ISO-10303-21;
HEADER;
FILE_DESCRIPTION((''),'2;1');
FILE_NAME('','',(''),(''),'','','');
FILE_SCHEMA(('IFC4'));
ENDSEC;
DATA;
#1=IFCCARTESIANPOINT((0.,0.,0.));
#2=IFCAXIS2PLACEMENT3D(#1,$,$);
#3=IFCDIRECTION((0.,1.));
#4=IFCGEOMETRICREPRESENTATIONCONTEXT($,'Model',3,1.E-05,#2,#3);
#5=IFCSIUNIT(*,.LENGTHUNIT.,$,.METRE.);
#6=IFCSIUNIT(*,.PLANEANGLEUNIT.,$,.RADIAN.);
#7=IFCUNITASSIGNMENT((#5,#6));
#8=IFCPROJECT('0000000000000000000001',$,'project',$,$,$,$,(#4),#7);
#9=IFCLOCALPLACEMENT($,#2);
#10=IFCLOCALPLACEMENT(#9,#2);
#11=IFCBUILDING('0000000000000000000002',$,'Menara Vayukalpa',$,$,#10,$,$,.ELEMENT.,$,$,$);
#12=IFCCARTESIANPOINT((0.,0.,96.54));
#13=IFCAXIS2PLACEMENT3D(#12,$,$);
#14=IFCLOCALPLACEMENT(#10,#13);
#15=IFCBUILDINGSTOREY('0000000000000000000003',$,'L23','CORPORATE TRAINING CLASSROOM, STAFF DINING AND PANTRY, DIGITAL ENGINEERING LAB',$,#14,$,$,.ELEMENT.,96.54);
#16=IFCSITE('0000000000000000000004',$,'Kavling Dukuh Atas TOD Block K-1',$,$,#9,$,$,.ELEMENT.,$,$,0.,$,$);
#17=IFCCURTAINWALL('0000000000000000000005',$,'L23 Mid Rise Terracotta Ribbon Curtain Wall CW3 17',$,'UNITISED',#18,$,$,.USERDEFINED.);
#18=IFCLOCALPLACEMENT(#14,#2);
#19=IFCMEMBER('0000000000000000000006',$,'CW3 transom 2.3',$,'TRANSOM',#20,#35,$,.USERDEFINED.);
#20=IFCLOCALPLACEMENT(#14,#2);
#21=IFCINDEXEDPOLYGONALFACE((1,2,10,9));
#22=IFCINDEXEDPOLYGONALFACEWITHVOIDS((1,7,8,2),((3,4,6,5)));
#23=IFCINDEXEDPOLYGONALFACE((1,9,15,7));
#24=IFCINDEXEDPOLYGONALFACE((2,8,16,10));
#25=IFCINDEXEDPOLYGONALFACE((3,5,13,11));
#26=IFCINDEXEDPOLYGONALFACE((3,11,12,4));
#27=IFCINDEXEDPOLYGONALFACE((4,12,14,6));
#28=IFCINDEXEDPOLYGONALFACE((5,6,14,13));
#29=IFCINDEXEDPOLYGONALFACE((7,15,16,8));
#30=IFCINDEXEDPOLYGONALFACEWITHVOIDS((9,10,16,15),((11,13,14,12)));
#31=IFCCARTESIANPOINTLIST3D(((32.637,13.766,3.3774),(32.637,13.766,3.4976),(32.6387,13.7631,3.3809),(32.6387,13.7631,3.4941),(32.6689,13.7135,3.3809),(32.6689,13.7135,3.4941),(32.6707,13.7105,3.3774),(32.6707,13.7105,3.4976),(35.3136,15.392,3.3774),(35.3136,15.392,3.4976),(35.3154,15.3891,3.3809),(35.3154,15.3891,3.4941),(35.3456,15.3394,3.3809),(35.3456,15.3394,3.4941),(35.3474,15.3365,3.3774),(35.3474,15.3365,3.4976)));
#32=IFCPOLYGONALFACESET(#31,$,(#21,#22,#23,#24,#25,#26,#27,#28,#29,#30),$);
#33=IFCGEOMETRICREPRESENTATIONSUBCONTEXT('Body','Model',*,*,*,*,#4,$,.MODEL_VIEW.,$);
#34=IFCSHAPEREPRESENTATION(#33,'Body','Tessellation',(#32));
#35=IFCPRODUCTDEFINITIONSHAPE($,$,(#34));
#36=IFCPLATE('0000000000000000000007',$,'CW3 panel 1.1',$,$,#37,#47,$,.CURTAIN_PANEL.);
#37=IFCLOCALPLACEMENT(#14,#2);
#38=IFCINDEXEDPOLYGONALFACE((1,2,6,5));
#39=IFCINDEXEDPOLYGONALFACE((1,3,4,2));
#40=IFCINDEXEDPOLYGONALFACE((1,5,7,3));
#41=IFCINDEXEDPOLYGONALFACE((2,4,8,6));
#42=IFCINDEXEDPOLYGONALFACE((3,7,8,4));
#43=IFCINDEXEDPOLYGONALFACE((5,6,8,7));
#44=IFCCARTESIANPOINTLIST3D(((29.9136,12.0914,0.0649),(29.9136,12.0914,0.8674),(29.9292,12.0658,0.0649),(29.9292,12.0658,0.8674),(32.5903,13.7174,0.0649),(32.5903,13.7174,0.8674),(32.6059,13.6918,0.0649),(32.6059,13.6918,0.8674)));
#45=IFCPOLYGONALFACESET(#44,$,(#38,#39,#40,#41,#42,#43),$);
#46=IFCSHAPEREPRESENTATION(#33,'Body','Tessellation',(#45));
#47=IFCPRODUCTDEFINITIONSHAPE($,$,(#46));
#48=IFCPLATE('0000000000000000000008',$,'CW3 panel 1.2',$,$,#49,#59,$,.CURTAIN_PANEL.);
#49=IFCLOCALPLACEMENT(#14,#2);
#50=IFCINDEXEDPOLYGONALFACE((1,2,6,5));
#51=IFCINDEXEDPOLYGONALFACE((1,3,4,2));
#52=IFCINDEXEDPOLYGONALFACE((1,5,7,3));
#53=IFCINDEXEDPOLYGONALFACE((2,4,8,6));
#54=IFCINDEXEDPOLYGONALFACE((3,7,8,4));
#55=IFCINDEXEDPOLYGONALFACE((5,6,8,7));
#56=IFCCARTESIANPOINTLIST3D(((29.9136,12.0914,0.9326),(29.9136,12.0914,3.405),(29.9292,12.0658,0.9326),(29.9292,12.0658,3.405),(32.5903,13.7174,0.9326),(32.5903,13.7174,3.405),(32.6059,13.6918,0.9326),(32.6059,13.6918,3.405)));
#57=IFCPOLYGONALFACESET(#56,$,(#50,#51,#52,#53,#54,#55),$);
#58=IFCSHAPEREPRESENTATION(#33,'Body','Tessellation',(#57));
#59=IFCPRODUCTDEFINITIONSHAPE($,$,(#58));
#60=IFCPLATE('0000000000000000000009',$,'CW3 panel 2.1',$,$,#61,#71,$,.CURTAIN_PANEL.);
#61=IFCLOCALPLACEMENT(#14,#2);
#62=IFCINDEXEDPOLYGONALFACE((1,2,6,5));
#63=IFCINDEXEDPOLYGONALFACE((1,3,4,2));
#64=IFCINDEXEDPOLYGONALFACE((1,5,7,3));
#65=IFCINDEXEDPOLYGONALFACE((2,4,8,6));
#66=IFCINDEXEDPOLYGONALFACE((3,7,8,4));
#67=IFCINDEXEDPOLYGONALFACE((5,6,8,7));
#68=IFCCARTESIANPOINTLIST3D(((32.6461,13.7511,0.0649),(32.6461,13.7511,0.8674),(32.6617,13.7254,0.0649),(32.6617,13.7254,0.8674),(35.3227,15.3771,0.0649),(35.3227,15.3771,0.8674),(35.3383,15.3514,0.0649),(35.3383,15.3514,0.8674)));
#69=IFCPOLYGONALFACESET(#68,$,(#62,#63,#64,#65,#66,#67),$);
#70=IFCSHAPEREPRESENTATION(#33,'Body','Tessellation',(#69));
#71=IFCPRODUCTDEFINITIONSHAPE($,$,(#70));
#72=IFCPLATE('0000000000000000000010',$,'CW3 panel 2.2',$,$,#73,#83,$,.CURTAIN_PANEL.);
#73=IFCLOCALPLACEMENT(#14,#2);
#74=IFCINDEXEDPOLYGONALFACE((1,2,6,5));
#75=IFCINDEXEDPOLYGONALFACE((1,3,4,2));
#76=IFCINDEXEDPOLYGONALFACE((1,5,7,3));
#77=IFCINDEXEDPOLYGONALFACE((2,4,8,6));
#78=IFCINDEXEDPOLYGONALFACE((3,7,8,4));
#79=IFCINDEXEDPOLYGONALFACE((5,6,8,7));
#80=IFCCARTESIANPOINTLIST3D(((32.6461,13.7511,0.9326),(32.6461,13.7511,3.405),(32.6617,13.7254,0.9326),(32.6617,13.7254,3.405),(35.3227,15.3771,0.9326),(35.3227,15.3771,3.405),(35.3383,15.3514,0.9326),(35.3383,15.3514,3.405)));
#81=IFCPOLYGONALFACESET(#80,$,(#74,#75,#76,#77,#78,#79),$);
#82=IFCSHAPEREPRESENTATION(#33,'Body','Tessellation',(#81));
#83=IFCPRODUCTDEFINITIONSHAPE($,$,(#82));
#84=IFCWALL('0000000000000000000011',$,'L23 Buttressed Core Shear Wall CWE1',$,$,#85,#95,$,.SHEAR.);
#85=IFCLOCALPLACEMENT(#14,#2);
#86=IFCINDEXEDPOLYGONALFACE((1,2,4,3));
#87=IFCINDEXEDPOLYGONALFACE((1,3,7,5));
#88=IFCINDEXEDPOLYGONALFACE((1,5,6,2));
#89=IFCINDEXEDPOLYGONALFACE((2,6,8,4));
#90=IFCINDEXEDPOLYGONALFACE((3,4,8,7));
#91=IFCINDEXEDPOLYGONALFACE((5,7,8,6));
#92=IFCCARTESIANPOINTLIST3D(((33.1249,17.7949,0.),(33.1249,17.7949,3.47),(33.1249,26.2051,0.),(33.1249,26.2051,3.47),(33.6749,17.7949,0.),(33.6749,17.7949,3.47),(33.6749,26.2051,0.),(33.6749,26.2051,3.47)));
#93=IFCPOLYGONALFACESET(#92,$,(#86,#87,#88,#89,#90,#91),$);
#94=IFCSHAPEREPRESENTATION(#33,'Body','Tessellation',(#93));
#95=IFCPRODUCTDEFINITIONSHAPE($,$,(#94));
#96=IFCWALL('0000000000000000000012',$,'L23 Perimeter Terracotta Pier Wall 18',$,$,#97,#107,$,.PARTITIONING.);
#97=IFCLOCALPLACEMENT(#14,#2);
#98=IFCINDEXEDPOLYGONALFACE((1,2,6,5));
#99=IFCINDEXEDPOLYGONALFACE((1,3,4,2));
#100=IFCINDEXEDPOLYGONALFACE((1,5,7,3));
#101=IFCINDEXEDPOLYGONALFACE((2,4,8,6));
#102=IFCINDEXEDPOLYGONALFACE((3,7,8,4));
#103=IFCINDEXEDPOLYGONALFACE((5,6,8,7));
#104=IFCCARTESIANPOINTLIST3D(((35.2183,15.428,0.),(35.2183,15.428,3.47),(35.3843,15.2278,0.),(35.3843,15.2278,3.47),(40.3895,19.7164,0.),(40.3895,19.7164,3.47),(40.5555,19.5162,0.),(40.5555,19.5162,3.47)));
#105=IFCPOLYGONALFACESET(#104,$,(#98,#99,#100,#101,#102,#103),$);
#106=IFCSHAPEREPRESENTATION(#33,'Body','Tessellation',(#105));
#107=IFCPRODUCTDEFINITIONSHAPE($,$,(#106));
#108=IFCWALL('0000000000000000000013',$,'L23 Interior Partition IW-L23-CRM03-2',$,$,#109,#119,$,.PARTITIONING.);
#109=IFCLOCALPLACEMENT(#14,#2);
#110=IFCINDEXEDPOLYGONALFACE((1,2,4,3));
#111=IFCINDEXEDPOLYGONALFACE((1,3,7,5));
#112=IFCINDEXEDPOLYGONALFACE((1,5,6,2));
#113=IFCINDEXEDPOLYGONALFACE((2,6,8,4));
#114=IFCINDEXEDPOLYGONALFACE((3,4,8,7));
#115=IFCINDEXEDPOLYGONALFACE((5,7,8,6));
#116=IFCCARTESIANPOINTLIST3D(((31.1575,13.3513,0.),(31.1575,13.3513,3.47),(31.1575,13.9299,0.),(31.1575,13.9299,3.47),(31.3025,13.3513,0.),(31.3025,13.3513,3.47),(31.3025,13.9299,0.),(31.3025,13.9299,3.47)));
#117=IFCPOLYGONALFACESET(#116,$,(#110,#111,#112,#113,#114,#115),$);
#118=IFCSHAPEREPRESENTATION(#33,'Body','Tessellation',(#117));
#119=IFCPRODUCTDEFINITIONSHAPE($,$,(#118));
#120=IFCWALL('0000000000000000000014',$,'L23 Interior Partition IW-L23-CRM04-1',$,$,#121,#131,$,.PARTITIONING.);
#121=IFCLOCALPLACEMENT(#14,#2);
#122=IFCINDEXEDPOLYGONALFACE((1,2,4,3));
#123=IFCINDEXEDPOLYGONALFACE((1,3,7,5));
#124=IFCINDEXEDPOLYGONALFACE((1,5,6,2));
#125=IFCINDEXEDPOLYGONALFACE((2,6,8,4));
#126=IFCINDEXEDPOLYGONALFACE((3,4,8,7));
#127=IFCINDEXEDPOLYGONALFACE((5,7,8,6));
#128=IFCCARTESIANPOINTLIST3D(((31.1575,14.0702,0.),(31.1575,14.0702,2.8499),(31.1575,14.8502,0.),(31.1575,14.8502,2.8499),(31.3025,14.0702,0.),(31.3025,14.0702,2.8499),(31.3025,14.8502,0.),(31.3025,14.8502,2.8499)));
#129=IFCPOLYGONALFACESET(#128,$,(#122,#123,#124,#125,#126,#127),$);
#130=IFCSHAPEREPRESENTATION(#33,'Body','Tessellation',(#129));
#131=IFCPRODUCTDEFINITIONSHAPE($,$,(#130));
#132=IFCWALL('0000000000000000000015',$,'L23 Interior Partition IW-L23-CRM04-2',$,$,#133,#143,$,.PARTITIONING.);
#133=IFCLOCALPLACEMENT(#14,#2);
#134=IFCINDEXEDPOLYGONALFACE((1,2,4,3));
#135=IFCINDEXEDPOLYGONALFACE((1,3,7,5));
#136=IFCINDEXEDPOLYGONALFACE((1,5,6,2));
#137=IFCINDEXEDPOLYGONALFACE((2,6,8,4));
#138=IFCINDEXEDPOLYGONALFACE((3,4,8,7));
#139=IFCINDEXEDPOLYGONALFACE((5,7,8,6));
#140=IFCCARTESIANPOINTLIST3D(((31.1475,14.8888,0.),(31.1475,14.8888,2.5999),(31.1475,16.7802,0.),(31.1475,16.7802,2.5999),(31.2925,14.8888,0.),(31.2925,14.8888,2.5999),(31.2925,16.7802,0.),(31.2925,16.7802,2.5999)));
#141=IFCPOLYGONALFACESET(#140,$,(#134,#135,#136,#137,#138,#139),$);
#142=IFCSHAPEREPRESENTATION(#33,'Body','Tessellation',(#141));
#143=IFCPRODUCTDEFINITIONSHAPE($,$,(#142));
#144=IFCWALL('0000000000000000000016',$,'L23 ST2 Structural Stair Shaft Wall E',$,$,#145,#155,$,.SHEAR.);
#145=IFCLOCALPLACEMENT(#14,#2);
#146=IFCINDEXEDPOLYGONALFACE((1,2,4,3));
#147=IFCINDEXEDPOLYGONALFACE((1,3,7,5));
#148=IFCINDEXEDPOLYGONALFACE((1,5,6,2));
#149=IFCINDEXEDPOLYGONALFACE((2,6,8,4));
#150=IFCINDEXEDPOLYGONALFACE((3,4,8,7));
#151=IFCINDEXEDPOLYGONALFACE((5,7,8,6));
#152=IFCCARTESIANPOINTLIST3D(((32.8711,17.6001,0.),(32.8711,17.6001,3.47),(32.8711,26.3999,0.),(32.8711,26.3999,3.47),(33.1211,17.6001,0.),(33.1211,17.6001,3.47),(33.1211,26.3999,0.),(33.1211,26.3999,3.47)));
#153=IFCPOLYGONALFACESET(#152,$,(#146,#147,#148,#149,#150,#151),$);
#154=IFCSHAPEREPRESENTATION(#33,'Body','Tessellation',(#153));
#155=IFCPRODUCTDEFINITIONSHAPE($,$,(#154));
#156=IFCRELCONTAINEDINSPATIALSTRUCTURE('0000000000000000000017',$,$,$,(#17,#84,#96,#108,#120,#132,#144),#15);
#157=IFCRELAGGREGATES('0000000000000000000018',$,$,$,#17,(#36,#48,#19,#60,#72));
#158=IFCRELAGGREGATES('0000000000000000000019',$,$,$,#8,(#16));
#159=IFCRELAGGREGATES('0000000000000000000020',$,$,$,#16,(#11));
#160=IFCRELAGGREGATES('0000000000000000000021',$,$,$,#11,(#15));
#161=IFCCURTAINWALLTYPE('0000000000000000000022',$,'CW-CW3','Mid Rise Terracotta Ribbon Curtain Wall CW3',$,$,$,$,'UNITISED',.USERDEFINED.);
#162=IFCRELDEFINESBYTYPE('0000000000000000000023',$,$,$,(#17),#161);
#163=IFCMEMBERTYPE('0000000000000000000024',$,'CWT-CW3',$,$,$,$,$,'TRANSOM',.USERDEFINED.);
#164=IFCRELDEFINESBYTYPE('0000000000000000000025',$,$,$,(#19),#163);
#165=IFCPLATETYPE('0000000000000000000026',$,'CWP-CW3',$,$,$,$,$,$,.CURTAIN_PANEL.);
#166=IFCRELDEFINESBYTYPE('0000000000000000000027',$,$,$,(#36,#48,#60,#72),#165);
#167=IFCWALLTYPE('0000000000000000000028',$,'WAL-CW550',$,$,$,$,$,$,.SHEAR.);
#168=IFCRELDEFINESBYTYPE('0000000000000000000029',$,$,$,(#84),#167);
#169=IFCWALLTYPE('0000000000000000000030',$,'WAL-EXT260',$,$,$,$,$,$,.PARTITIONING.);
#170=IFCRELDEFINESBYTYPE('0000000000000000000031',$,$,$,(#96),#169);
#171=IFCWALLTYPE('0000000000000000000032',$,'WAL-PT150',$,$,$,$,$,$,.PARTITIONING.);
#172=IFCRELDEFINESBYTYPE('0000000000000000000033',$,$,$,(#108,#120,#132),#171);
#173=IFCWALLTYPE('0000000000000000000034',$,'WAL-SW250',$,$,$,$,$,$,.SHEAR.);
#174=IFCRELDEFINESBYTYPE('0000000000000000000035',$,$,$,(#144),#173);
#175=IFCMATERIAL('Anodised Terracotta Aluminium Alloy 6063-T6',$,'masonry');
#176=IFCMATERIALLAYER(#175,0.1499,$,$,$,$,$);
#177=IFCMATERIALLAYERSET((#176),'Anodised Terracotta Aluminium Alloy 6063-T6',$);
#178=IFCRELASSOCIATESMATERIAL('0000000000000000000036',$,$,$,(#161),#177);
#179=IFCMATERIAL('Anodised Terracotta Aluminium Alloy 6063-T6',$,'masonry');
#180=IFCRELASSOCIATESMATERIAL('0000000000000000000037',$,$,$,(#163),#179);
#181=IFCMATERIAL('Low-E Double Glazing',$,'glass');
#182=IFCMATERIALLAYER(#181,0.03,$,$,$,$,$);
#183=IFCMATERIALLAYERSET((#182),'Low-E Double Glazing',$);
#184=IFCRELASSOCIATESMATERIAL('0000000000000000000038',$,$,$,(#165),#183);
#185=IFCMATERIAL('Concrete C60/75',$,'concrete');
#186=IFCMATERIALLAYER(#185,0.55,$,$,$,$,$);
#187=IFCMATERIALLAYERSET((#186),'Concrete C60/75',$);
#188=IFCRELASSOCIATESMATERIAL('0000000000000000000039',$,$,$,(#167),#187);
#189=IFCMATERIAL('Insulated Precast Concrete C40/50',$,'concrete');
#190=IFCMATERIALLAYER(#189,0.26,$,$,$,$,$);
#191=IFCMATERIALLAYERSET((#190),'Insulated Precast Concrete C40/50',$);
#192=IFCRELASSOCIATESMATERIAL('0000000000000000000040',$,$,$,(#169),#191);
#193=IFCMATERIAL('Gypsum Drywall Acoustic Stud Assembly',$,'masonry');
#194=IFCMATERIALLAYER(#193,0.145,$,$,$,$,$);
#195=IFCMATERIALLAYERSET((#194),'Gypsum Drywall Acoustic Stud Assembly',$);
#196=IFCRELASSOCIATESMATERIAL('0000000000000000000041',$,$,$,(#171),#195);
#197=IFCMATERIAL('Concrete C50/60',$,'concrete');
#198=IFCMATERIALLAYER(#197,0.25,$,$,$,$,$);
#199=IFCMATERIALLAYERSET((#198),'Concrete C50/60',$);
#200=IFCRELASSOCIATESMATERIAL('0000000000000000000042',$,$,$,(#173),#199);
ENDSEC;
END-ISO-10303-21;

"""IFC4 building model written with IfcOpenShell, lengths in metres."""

from ifc_helpers import new_model, si_unit, direction, frame, frame_2d, origin, origin_2d, place, context, subcontext, project, spatial, rectangle, hollow_rectangle, extrude, material, layer, layer_set, material_profile, profile_set, type_object, element, aggregate, save


model = new_model("IFC4")

# Units and contexts
model_context = context("Model", 3, precision=1e-05, world=origin(), true_north=direction((0.0, 1.0)))
body_context = subcontext(model_context, "Body", "Model", "MODEL_VIEW")
ifc_project = project(units=[si_unit("LENGTHUNIT", "METRE"), si_unit("PLANEANGLEUNIT", "RADIAN")], contexts=[model_context])

# Site, building, storey
site_placement = place(None, origin())
site = spatial("IfcSite", under=ifc_project, at=site_placement, Name="Kavling Dukuh Atas TOD Block K-1", CompositionType="ELEMENT", RefElevation=0.0)
building_placement = place(site_placement, origin())
building = spatial("IfcBuilding", under=site, at=building_placement, Name="Menara Vayukalpa", CompositionType="ELEMENT")
storey_placement = place(building_placement, frame((0.0, 0.0, 96.54)))
storey = spatial("IfcBuildingStorey", under=building, at=storey_placement, Name="L23", Description="CORPORATE TRAINING CLASSROOM, STAFF DINING AND PANTRY, DIGITAL ENGINEERING LAB", CompositionType="ELEMENT", Elevation=96.54)

# Curtain wall, member, plates
ifc_material_1 = material(Name="Anodised Terracotta Aluminium Alloy 6063-T6", Category="masonry")
ifc_layer_1 = layer(ifc_material_1, 0.1499)
ifc_layer_set_1 = layer_set([ifc_layer_1], Name="Anodised Terracotta Aluminium Alloy 6063-T6")
curtain_wall_type = type_object("IfcCurtainWallType", Name="CW-CW3", Description="Mid Rise Terracotta Ribbon Curtain Wall CW3", ElementType="UNITISED", PredefinedType="USERDEFINED", material=ifc_layer_set_1)
curtain_wall_placement = place(storey_placement, origin())
curtain_wall = element("IfcCurtainWall", 1, at=curtain_wall_placement, inside=storey, type_object=curtain_wall_type, Name="L23 Mid Rise Terracotta Ribbon Curtain Wall CW3 17", ObjectType="UNITISED", PredefinedType="USERDEFINED")
ifc_material_2 = material(Name="Anodised Terracotta Aluminium Alloy 6063-T6", Category="masonry")
ifc_material_profile_1 = material_profile(ifc_material_2, hollow_rectangle(XDim=0.0649, YDim=0.1201, WallThickness=0.0034, at=origin_2d()), Name="ALU 65x120x3.5")
ifc_profile_set_1 = profile_set([ifc_material_profile_1], Name="Anodised Terracotta Aluminium Alloy 6063-T6")
member_type_1 = type_object("IfcMemberType", Name="CWT-CW3", ElementType="TRANSOM", PredefinedType="USERDEFINED", material=ifc_profile_set_1)
member_1_placement = place(storey_placement, frame((32.6538, 13.7383, 3.4375), z_axis=(0.854674, 0.519165, 0.0), x_axis=(-0.519165, 0.854674, 0.0)))
member_1 = element("IfcMember", 2, at=member_1_placement, type_object=member_type_1, Name="CW3 transom 2.3", ObjectType="TRANSOM", PredefinedType="USERDEFINED", context=body_context, shape_type="SweptSolid", body=[
    extrude(hollow_rectangle(XDim=0.0649, YDim=0.1201, WallThickness=0.0034, at=origin_2d()), origin(), (0.0, 0.0, 1.0), 3.1318),
])
ifc_material_3 = material(Name="Low-E Double Glazing", Category="glass")
ifc_layer_2 = layer(ifc_material_3, 0.03)
ifc_layer_set_2 = layer_set([ifc_layer_2], Name="Low-E Double Glazing")
plate_type = type_object("IfcPlateType", Name="CWP-CW3", PredefinedType="CURTAIN_PANEL", material=ifc_layer_set_2)
plate_1_placement = place(storey_placement, frame((31.2598, 12.8916, 0.0649), z_axis=(0.0, 0.0, 1.0), x_axis=(0.854663, 0.519183, 0.0)))
plate_1 = element("IfcPlate", 3, at=plate_1_placement, type_object=plate_type, Name="CW3 panel 1.1", PredefinedType="CURTAIN_PANEL", context=body_context, shape_type="SweptSolid", body=[
    extrude(rectangle(XDim=3.1318, YDim=0.03, at=origin_2d()), origin(), (0.0, 0.0, 1.0), 0.8025),
])
plate_2_placement = place(storey_placement, frame((31.2598, 12.8916, 0.9326), z_axis=(0.0, 0.0, 1.0), x_axis=(0.854663, 0.519183, 0.0)))
plate_2 = element("IfcPlate", 4, at=plate_2_placement, type_object=plate_type, Name="CW3 panel 1.2", PredefinedType="CURTAIN_PANEL", context=body_context, shape_type="SweptSolid", body=[
    extrude(rectangle(XDim=3.1318, YDim=0.03, at=origin_2d()), origin(), (0.0, 0.0, 1.0), 2.4724),
])
plate_3_placement = place(storey_placement, frame((33.9922, 14.5513, 0.0649), z_axis=(0.0, 0.0, 1.0), x_axis=(0.854663, 0.519183, 0.0)))
plate_3 = element("IfcPlate", 5, at=plate_3_placement, type_object=plate_type, Name="CW3 panel 2.1", PredefinedType="CURTAIN_PANEL", context=body_context, shape_type="SweptSolid", body=[
    extrude(rectangle(XDim=3.1318, YDim=0.03, at=origin_2d()), origin(), (0.0, 0.0, 1.0), 0.8025),
])
plate_4_placement = place(storey_placement, frame((33.9922, 14.5513, 0.9326), z_axis=(0.0, 0.0, 1.0), x_axis=(0.854663, 0.519183, 0.0)))
plate_4 = element("IfcPlate", 6, at=plate_4_placement, type_object=plate_type, Name="CW3 panel 2.2", PredefinedType="CURTAIN_PANEL", context=body_context, shape_type="SweptSolid", body=[
    extrude(rectangle(XDim=3.1318, YDim=0.03, at=origin_2d()), origin(), (0.0, 0.0, 1.0), 2.4724),
])
aggregate(curtain_wall, [plate_1, plate_2, member_1, plate_3, plate_4])

# Walls
ifc_material_4 = material(Name="Concrete C60/75", Category="concrete")
ifc_layer_3 = layer(ifc_material_4, 0.55)
ifc_layer_set_3 = layer_set([ifc_layer_3], Name="Concrete C60/75")
wall_type_1 = type_object("IfcWallType", Name="WAL-CW550", PredefinedType="SHEAR", material=ifc_layer_set_3)
wall_1_placement = place(storey_placement, frame((33.3999, 17.7949, 0.0), z_axis=(0.0, 0.0, 1.0), x_axis=(0.0, 1.0, 0.0)))
element("IfcWall", 7, at=wall_1_placement, inside=storey, type_object=wall_type_1, Name="L23 Buttressed Core Shear Wall CWE1", PredefinedType="SHEAR", context=body_context, shape_type="SweptSolid", body=[
    extrude(rectangle(XDim=8.4102, YDim=0.55, at=frame_2d((4.2051, 0.0))), origin(), (0.0, 0.0, 1.0), 3.47),
])
ifc_material_5 = material(Name="Insulated Precast Concrete C40/50", Category="concrete")
ifc_layer_4 = layer(ifc_material_5, 0.26)
ifc_layer_set_4 = layer_set([ifc_layer_4], Name="Insulated Precast Concrete C40/50")
wall_type_2 = type_object("IfcWallType", Name="WAL-EXT260", PredefinedType="PARTITIONING", material=ifc_layer_set_4)
wall_2_placement = place(storey_placement, frame((40.4724, 19.6162, 0.0), z_axis=(0.0, 0.0, 1.0), x_axis=(-0.769753, -0.638342, 0.0)))
element("IfcWall", 8, at=wall_2_placement, inside=storey, type_object=wall_type_2, Name="L23 Perimeter Terracotta Pier Wall 18", PredefinedType="PARTITIONING", context=body_context, shape_type="SweptSolid", body=[
    extrude(rectangle(XDim=6.718, YDim=0.26, at=frame_2d((3.3589, 0.0))), origin(), (0.0, 0.0, 1.0), 3.47),
])
ifc_material_6 = material(Name="Gypsum Drywall Acoustic Stud Assembly", Category="masonry")
ifc_layer_5 = layer(ifc_material_6, 0.145)
ifc_layer_set_5 = layer_set([ifc_layer_5], Name="Gypsum Drywall Acoustic Stud Assembly")
wall_type_3 = type_object("IfcWallType", Name="WAL-PT150", PredefinedType="PARTITIONING", material=ifc_layer_set_5)
wall_3_placement = place(storey_placement, frame((31.23, 13.3513, 0.0), z_axis=(0.0, 0.0, 1.0), x_axis=(0.0, 1.0, 0.0)))
element("IfcWall", 9, at=wall_3_placement, inside=storey, type_object=wall_type_3, Name="L23 Interior Partition IW-L23-CRM03-2", PredefinedType="PARTITIONING", context=body_context, shape_type="SweptSolid", body=[
    extrude(rectangle(XDim=0.5786, YDim=0.145, at=frame_2d((0.2893, 0.0))), origin(), (0.0, 0.0, 1.0), 3.47),
])
wall_4_placement = place(storey_placement, frame((31.23, 14.0701, 0.0), z_axis=(0.0, 0.0, 1.0), x_axis=(0.0, 1.0, 0.0)))
element("IfcWall", 10, at=wall_4_placement, inside=storey, type_object=wall_type_3, Name="L23 Interior Partition IW-L23-CRM04-1", PredefinedType="PARTITIONING", context=body_context, shape_type="SweptSolid", body=[
    extrude(rectangle(XDim=0.78, YDim=0.145, at=frame_2d((0.3901, 0.0))), origin(), (0.0, 0.0, 1.0), 2.8499),
])
wall_5_placement = place(storey_placement, frame((31.22, 14.8887, 0.0), z_axis=(0.0, 0.0, 1.0), x_axis=(0.0, 1.0, 0.0)))
element("IfcWall", 11, at=wall_5_placement, inside=storey, type_object=wall_type_3, Name="L23 Interior Partition IW-L23-CRM04-2", PredefinedType="PARTITIONING", context=body_context, shape_type="SweptSolid", body=[
    extrude(rectangle(XDim=1.8914, YDim=0.145, at=frame_2d((0.9458, 0.0))), origin(), (0.0, 0.0, 1.0), 2.5999),
])
ifc_material_7 = material(Name="Concrete C50/60", Category="concrete")
ifc_layer_6 = layer(ifc_material_7, 0.25)
ifc_layer_set_6 = layer_set([ifc_layer_6], Name="Concrete C50/60")
wall_type_4 = type_object("IfcWallType", Name="WAL-SW250", PredefinedType="SHEAR", material=ifc_layer_set_6)
wall_6_placement = place(storey_placement, frame((32.9961, 17.6001, 0.0), z_axis=(0.0, 0.0, 1.0), x_axis=(0.0, 1.0, 0.0)))
element("IfcWall", 12, at=wall_6_placement, inside=storey, type_object=wall_type_4, Name="L23 ST2 Structural Stair Shaft Wall E", PredefinedType="SHEAR", context=body_context, shape_type="SweptSolid", body=[
    extrude(rectangle(XDim=8.7998, YDim=0.25, at=frame_2d((4.3999, 0.0))), origin(), (0.0, 0.0, 1.0), 3.47),
])

save(model, "model.ifc")
